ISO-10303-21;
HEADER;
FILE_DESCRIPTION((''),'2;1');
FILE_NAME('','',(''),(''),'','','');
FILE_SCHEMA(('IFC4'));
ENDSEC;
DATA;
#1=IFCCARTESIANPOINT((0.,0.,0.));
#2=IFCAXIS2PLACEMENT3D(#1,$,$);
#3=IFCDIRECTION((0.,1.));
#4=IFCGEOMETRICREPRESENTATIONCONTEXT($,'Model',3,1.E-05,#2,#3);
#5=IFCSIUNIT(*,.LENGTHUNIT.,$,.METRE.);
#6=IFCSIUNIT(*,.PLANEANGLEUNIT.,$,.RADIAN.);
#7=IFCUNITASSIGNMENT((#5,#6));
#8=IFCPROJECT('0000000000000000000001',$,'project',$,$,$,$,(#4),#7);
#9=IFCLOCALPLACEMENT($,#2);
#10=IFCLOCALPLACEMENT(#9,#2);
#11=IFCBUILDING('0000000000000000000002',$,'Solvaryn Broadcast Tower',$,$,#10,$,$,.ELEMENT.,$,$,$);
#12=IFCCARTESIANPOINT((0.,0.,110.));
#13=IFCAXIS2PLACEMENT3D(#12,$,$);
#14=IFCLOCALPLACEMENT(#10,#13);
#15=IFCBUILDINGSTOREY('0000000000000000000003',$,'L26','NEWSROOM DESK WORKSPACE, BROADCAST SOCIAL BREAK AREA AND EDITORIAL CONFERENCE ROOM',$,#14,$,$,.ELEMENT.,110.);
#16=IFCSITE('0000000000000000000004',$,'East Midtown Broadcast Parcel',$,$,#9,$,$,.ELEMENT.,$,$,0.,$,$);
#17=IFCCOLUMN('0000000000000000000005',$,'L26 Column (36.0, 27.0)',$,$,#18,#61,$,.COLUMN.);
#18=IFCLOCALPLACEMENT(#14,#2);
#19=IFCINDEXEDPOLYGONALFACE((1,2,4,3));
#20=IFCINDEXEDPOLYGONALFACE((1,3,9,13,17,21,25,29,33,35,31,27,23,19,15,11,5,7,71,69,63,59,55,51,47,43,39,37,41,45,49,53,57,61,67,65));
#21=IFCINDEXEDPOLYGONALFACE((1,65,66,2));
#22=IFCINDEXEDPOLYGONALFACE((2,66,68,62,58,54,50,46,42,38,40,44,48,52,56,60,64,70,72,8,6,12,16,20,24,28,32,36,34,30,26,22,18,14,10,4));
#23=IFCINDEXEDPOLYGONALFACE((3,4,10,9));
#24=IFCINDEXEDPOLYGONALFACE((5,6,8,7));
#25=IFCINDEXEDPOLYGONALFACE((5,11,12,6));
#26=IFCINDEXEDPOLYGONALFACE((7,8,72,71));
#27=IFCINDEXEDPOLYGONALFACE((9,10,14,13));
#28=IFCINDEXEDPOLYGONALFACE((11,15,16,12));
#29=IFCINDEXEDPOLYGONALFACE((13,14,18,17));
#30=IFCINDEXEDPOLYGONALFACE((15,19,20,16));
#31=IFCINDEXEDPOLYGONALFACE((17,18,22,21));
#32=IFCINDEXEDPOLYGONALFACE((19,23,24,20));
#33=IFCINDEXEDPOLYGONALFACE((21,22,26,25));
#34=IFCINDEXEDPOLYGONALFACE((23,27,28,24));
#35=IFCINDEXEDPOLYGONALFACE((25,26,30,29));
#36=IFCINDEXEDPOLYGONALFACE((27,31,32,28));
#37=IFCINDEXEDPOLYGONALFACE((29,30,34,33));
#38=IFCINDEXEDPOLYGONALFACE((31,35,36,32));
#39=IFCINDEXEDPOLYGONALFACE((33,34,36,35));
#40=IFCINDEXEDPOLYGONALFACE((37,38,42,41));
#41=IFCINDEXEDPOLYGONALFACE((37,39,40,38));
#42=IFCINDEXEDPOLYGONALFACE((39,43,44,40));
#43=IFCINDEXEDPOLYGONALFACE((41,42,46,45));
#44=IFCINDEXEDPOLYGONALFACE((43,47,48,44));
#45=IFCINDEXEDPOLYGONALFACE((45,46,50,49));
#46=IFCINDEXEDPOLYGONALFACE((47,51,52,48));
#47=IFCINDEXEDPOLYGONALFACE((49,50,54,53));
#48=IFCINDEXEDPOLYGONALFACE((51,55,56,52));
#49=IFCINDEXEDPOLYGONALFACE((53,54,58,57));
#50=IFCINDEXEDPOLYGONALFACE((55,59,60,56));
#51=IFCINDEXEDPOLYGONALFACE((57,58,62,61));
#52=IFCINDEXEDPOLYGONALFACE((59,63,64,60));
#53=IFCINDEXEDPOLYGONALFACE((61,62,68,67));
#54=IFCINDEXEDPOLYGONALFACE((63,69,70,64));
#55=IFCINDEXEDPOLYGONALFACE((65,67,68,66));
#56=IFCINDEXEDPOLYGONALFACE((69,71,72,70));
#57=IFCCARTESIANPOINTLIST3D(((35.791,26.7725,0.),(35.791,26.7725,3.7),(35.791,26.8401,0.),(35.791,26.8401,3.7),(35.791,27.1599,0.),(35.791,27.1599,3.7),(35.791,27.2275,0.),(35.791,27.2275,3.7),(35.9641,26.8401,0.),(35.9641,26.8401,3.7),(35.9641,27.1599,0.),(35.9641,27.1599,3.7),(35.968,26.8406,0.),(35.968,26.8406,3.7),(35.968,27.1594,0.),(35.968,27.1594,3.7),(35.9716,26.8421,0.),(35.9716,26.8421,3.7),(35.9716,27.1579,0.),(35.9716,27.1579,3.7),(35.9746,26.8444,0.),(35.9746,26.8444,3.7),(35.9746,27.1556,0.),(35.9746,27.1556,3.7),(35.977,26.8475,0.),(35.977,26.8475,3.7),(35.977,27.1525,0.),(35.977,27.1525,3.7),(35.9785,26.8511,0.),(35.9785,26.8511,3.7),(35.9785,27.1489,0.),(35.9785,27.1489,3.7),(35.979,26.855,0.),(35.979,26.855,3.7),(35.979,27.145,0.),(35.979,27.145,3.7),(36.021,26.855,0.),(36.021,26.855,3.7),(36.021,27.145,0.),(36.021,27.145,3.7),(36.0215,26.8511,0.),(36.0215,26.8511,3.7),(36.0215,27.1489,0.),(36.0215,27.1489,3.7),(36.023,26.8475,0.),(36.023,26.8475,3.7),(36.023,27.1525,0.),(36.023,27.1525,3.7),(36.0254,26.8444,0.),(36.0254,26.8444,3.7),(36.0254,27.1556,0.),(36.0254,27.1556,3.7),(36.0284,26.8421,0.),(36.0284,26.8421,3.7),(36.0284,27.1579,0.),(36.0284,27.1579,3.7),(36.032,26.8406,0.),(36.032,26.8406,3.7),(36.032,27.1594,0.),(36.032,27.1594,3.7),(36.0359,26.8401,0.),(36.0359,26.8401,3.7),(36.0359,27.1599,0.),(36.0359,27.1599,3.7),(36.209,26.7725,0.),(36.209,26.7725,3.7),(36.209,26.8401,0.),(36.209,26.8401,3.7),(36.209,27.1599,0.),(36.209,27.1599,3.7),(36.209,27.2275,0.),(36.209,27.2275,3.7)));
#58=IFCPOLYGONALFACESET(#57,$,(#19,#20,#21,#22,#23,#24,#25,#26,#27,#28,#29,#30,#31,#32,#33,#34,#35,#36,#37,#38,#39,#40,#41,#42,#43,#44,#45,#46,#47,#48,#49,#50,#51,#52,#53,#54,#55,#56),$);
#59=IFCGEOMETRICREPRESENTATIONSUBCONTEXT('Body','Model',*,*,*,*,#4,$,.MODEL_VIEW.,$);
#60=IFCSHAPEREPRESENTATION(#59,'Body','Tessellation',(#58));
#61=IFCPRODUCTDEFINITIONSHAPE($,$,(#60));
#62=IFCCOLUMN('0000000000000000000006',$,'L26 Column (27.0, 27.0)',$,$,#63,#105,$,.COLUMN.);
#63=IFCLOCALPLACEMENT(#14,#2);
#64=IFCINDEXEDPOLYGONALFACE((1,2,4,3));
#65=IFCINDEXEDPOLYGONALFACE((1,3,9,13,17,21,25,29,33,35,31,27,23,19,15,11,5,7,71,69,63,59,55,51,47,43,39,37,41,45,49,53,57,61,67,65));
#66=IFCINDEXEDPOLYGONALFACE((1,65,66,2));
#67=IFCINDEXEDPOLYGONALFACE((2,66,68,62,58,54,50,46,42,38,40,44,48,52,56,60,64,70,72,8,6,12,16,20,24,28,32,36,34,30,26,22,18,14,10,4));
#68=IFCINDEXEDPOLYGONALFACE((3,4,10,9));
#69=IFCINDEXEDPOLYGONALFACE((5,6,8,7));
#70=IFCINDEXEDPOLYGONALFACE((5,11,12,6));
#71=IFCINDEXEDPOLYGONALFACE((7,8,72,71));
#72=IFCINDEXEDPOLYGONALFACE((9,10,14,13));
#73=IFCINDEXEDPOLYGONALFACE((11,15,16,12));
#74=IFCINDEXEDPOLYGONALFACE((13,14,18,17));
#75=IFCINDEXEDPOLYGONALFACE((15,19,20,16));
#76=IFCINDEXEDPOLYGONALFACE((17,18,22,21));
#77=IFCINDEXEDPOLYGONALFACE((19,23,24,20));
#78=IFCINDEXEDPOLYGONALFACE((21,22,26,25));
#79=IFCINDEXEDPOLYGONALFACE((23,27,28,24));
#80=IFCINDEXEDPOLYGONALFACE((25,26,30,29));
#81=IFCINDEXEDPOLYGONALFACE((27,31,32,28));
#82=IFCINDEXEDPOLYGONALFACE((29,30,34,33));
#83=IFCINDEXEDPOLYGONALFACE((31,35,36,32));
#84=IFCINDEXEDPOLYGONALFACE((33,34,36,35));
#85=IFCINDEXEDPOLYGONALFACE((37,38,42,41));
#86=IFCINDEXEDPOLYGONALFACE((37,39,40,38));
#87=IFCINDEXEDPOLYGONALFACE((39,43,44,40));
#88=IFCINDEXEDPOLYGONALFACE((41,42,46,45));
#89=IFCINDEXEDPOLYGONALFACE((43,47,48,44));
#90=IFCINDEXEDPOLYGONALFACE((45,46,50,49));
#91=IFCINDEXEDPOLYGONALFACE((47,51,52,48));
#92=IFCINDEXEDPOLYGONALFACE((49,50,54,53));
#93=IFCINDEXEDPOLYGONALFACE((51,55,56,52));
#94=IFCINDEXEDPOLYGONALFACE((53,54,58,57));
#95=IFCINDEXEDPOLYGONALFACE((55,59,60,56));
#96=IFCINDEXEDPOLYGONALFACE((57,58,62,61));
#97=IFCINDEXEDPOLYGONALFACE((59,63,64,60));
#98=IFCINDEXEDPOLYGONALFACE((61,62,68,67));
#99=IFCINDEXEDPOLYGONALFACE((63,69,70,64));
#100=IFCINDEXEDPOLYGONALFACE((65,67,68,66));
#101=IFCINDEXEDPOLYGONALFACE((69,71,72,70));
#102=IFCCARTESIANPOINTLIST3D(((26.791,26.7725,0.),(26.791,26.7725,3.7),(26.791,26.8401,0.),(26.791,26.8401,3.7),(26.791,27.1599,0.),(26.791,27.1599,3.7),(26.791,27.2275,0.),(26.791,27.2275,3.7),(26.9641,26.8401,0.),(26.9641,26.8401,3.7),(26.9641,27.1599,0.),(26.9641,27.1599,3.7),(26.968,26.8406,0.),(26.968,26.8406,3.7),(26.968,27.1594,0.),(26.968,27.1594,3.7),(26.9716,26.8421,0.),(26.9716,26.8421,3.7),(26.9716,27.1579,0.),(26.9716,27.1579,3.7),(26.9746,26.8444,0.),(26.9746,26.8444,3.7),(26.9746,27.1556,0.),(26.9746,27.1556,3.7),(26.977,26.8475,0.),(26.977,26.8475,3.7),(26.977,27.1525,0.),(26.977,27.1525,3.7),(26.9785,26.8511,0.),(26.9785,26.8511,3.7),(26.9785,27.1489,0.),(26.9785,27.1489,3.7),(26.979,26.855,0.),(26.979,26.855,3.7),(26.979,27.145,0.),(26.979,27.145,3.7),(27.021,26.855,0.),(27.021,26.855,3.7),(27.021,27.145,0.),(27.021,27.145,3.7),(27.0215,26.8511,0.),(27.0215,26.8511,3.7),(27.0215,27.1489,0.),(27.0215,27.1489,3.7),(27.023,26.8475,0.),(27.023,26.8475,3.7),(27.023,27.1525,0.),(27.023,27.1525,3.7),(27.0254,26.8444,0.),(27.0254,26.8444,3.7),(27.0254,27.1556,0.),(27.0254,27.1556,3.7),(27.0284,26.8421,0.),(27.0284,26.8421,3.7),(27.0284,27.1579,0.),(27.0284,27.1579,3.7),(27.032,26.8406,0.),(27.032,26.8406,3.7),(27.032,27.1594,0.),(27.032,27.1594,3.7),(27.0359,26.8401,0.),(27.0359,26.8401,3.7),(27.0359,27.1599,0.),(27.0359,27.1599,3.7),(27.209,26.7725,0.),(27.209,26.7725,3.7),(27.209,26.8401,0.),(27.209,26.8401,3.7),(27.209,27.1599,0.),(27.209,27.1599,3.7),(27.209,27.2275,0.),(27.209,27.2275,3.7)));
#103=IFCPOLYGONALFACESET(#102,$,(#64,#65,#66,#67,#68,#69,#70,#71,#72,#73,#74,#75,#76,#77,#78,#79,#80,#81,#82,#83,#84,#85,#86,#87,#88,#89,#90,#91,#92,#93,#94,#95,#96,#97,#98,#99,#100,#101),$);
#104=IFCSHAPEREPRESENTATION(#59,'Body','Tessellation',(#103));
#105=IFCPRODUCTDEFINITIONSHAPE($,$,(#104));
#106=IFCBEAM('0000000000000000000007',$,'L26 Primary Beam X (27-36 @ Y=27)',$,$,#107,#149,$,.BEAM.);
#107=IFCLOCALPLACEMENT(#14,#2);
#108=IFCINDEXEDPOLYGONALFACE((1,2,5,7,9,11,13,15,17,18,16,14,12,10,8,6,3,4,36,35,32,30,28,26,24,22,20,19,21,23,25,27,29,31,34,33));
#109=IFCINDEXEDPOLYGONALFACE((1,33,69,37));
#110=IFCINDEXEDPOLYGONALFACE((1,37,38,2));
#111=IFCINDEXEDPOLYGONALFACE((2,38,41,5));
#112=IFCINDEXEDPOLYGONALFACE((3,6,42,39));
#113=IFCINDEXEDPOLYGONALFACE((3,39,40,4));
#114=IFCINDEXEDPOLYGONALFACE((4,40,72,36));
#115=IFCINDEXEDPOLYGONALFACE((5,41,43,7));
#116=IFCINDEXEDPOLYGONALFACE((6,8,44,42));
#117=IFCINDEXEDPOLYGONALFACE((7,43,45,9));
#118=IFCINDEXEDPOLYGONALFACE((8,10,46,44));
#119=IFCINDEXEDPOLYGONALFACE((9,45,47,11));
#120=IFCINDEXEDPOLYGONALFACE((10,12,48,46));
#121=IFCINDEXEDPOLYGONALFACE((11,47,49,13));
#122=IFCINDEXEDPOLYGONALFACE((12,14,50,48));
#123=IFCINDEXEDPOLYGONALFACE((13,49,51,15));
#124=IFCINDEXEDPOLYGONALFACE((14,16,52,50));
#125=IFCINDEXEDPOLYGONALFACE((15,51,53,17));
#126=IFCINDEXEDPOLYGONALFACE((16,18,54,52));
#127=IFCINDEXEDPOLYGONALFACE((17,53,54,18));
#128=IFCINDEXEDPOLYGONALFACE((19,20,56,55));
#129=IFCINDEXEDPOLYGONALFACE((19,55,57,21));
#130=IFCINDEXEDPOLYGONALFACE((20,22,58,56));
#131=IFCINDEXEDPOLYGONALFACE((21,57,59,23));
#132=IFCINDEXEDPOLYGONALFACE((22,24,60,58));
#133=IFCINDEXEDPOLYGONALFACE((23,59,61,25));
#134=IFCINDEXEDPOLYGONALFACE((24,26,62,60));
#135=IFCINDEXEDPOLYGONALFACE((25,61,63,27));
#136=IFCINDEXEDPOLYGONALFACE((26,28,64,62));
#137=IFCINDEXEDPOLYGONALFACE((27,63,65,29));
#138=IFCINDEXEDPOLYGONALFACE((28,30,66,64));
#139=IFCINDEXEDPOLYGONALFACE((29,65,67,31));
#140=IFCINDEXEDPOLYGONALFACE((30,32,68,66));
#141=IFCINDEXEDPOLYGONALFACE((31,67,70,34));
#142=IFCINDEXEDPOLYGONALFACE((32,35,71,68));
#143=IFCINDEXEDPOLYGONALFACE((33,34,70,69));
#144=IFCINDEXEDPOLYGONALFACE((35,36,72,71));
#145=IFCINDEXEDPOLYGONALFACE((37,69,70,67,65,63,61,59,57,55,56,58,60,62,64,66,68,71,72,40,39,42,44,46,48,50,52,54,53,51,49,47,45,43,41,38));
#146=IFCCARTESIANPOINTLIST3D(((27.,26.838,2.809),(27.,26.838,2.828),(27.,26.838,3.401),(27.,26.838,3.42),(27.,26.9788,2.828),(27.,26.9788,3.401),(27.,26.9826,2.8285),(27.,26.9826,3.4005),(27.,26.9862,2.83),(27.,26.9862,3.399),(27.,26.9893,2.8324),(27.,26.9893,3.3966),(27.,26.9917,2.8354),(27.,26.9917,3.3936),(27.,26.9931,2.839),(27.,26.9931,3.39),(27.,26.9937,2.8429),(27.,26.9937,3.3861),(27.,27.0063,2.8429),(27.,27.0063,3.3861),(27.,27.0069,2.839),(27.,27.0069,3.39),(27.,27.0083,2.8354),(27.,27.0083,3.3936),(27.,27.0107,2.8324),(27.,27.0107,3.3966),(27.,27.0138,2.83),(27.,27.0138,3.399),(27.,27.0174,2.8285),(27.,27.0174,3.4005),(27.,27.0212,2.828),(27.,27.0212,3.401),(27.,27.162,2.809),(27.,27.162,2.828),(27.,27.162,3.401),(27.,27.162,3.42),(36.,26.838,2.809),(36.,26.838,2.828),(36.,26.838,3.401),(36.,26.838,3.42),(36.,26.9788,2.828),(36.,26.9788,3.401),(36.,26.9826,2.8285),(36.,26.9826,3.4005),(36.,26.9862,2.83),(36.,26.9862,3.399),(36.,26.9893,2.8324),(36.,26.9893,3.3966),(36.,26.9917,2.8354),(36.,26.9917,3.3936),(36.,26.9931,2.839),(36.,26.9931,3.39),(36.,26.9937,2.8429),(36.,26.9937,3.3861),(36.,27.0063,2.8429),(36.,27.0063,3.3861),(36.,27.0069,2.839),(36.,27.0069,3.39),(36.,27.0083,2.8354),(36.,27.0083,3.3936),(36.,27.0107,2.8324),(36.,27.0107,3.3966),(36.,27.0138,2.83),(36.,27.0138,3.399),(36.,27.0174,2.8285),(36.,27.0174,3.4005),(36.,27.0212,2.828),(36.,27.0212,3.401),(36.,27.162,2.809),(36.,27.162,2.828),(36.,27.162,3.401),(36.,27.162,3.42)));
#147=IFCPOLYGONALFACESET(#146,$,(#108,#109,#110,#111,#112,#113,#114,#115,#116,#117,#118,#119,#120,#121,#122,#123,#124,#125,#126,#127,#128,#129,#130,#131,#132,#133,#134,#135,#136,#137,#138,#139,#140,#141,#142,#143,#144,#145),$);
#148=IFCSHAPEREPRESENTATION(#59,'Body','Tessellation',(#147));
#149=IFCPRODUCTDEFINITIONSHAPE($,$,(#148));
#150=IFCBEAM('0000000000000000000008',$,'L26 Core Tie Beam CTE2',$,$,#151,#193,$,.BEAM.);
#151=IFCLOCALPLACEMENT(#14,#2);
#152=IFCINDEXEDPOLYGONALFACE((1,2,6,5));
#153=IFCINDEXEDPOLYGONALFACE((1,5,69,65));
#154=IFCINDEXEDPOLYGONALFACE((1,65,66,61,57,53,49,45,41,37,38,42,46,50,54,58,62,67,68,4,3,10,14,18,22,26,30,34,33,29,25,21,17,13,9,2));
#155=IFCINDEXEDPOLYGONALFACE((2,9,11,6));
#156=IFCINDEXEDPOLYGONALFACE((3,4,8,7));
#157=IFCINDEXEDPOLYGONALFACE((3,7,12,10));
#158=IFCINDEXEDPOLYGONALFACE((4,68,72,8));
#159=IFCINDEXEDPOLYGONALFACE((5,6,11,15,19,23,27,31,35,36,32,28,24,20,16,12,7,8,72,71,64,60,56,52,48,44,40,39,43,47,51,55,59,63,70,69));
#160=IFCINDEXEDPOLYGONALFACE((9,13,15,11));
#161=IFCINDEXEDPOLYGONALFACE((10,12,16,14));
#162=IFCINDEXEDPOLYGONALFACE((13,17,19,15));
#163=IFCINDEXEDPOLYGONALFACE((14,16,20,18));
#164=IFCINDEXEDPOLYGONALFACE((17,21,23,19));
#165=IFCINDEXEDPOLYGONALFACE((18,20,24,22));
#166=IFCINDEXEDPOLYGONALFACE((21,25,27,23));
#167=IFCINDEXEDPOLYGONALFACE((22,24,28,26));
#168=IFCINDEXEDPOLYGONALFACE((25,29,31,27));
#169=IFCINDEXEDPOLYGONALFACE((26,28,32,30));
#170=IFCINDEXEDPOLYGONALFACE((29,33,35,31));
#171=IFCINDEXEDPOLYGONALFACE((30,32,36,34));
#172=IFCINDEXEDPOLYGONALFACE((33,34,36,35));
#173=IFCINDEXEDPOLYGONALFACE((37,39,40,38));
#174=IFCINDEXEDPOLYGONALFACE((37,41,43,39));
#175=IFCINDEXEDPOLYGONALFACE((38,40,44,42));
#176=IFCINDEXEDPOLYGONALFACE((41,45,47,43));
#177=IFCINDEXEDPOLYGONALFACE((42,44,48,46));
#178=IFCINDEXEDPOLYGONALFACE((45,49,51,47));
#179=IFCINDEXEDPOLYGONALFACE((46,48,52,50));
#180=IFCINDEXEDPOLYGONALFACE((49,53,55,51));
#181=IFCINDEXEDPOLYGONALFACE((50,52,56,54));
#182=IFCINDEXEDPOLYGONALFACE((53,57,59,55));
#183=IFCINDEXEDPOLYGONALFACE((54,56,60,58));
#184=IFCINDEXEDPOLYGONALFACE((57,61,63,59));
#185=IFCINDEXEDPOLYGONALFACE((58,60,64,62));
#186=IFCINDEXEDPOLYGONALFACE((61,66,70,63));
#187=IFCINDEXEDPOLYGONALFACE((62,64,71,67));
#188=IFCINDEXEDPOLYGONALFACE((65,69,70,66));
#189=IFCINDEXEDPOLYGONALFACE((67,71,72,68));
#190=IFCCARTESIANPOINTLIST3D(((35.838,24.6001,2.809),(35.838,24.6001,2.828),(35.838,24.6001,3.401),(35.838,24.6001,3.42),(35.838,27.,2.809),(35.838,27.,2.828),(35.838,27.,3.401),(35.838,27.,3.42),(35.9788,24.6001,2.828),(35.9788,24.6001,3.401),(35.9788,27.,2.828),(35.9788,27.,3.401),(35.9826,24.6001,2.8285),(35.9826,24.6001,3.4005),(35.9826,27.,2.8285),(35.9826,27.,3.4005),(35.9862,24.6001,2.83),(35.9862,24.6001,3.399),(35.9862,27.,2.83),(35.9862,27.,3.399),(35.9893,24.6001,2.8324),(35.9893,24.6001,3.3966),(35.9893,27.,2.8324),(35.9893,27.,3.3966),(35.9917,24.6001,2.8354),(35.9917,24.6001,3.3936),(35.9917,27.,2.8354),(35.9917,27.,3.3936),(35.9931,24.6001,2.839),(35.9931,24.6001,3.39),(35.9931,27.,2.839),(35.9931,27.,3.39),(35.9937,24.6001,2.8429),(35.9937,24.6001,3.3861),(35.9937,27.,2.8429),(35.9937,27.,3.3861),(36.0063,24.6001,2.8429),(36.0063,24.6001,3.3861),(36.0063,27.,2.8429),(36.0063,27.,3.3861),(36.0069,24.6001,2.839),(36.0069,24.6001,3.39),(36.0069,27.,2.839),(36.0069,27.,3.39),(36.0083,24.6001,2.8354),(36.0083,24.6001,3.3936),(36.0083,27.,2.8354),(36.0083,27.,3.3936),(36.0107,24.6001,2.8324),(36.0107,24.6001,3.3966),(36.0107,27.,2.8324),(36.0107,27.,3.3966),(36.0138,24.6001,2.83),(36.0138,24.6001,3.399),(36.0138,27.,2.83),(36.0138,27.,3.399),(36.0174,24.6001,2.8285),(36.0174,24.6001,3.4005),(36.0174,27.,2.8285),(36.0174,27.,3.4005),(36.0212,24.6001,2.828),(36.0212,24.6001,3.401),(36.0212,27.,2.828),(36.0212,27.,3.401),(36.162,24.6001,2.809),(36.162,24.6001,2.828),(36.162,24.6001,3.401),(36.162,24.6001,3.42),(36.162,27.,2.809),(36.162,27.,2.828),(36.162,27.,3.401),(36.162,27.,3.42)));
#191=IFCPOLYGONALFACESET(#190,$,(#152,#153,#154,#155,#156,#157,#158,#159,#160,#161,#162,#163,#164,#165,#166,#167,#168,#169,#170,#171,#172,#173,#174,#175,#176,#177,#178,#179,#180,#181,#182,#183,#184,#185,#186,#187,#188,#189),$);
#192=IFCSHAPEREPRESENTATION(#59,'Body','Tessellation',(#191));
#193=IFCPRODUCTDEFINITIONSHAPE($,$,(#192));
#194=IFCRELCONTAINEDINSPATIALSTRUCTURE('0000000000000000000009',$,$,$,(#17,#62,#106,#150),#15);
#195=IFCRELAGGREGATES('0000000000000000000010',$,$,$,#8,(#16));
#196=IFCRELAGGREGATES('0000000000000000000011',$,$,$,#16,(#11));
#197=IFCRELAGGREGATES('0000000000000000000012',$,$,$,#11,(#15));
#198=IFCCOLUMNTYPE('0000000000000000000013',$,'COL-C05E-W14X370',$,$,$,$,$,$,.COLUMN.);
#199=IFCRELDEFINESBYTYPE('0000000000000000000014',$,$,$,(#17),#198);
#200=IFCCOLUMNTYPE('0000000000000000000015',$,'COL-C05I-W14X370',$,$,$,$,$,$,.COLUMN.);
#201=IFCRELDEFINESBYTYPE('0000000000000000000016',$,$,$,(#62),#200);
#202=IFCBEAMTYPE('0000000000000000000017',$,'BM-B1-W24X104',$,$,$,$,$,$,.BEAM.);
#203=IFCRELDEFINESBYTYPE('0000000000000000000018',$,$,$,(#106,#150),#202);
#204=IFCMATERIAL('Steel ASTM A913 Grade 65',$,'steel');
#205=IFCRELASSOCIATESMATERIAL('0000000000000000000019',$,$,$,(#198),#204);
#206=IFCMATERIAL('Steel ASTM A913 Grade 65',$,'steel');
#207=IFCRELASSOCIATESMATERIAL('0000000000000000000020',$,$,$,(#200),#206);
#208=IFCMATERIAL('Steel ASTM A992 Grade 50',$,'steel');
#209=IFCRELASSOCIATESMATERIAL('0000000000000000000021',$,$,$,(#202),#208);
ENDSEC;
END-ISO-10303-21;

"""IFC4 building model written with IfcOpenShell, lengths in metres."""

from ifc_helpers import new_model, si_unit, direction, frame, origin, origin_2d, place, context, subcontext, project, spatial, i_section, extrude, material, material_profile, profile_set, type_object, element, save


model = new_model("IFC4")

# Units and contexts
model_context = context("Model", 3, precision=1e-05, world=origin(), true_north=direction((0.0, 1.0)))
body_context = subcontext(model_context, "Body", "Model", "MODEL_VIEW")
ifc_project = project(units=[si_unit("LENGTHUNIT", "METRE"), si_unit("PLANEANGLEUNIT", "RADIAN")], contexts=[model_context])

# Site, building, storey
site_placement = place(None, origin())
site = spatial("IfcSite", under=ifc_project, at=site_placement, Name="East Midtown Broadcast Parcel", CompositionType="ELEMENT", RefElevation=0.0)
building_placement = place(site_placement, origin())
building = spatial("IfcBuilding", under=site, at=building_placement, Name="Solvaryn Broadcast Tower", CompositionType="ELEMENT")
storey_placement = place(building_placement, frame((0.0, 0.0, 110.0)))
storey = spatial("IfcBuildingStorey", under=building, at=storey_placement, Name="L26", Description="NEWSROOM DESK WORKSPACE, BROADCAST SOCIAL BREAK AREA AND EDITORIAL CONFERENCE ROOM", CompositionType="ELEMENT", Elevation=110.0)

# Columns
ifc_material_1 = material(Name="Steel ASTM A913 Grade 65", Category="steel")
ifc_material_profile_1 = material_profile(ifc_material_1, i_section(OverallWidth=0.418, OverallDepth=0.4551, WebThickness=0.042, FlangeThickness=0.0676, FilletRadius=0.0149, at=origin_2d()))
ifc_profile_set_1 = profile_set([ifc_material_profile_1], Name="Steel ASTM A913 Grade 65")
column_type_1 = type_object("IfcColumnType", Name="COL-C05E-W14X370", PredefinedType="COLUMN", material=ifc_profile_set_1)
column_1_placement = place(storey_placement, frame((36.0, 27.0, 0.0), z_axis=(0.0, 0.0, 1.0), x_axis=(1.0, 0.0, 0.0)))
element("IfcColumn", 1, at=column_1_placement, inside=storey, type_object=column_type_1, Name="L26 Column (36.0, 27.0)", PredefinedType="COLUMN", context=body_context, shape_type="SweptSolid", body=[
    extrude(i_section(OverallWidth=0.418, OverallDepth=0.4551, WebThickness=0.042, FlangeThickness=0.0676, FilletRadius=0.0149, at=origin_2d()), origin(), (0.0, 0.0, 1.0), 3.7),
])
ifc_material_2 = material(Name="Steel ASTM A913 Grade 65", Category="steel")
ifc_material_profile_2 = material_profile(ifc_material_2, i_section(OverallWidth=0.418, OverallDepth=0.4551, WebThickness=0.042, FlangeThickness=0.0676, FilletRadius=0.0149, at=origin_2d()))
ifc_profile_set_2 = profile_set([ifc_material_profile_2], Name="Steel ASTM A913 Grade 65")
column_type_2 = type_object("IfcColumnType", Name="COL-C05I-W14X370", PredefinedType="COLUMN", material=ifc_profile_set_2)
column_2_placement = place(storey_placement, frame((27.0, 27.0, 0.0), z_axis=(0.0, 0.0, 1.0), x_axis=(1.0, 0.0, 0.0)))
element("IfcColumn", 2, at=column_2_placement, inside=storey, type_object=column_type_2, Name="L26 Column (27.0, 27.0)", PredefinedType="COLUMN", context=body_context, shape_type="SweptSolid", body=[
    extrude(i_section(OverallWidth=0.418, OverallDepth=0.4551, WebThickness=0.042, FlangeThickness=0.0676, FilletRadius=0.0149, at=origin_2d()), origin(), (0.0, 0.0, 1.0), 3.7),
])

# Beams
ifc_material_3 = material(Name="Steel ASTM A992 Grade 50", Category="steel")
ifc_material_profile_3 = material_profile(ifc_material_3, i_section(OverallWidth=0.324, OverallDepth=0.6111, WebThickness=0.0127, FlangeThickness=0.019, FilletRadius=0.0149, at=origin_2d()))
ifc_profile_set_3 = profile_set([ifc_material_profile_3], Name="Steel ASTM A992 Grade 50")
beam_type_1 = type_object("IfcBeamType", Name="BM-B1-W24X104", PredefinedType="BEAM", material=ifc_profile_set_3)
beam_1_placement = place(storey_placement, frame((27.0, 27.0, 3.1145), z_axis=(1.0, 0.0, 0.0), x_axis=(0.0, 1.0, 0.0)))
element("IfcBeam", 3, at=beam_1_placement, inside=storey, type_object=beam_type_1, Name="L26 Primary Beam X (27-36 @ Y=27)", PredefinedType="BEAM", context=body_context, shape_type="SweptSolid", body=[
    extrude(i_section(OverallWidth=0.324, OverallDepth=0.6111, WebThickness=0.0127, FlangeThickness=0.019, FilletRadius=0.0149, at=origin_2d()), origin(), (0.0, 0.0, 1.0), 9.0),
])
beam_2_placement = place(storey_placement, frame((36.0, 24.6001, 3.1145), z_axis=(0.0, 1.0, 0.0), x_axis=(-1.0, 0.0, 0.0)))
element("IfcBeam", 4, at=beam_2_placement, inside=storey, type_object=beam_type_1, Name="L26 Core Tie Beam CTE2", PredefinedType="BEAM", context=body_context, shape_type="SweptSolid", body=[
    extrude(i_section(OverallWidth=0.324, OverallDepth=0.6111, WebThickness=0.0127, FlangeThickness=0.019, FilletRadius=0.0149, at=origin_2d()), origin(), (0.0, 0.0, 1.0), 2.3999),
])

save(model, "model.ifc")
